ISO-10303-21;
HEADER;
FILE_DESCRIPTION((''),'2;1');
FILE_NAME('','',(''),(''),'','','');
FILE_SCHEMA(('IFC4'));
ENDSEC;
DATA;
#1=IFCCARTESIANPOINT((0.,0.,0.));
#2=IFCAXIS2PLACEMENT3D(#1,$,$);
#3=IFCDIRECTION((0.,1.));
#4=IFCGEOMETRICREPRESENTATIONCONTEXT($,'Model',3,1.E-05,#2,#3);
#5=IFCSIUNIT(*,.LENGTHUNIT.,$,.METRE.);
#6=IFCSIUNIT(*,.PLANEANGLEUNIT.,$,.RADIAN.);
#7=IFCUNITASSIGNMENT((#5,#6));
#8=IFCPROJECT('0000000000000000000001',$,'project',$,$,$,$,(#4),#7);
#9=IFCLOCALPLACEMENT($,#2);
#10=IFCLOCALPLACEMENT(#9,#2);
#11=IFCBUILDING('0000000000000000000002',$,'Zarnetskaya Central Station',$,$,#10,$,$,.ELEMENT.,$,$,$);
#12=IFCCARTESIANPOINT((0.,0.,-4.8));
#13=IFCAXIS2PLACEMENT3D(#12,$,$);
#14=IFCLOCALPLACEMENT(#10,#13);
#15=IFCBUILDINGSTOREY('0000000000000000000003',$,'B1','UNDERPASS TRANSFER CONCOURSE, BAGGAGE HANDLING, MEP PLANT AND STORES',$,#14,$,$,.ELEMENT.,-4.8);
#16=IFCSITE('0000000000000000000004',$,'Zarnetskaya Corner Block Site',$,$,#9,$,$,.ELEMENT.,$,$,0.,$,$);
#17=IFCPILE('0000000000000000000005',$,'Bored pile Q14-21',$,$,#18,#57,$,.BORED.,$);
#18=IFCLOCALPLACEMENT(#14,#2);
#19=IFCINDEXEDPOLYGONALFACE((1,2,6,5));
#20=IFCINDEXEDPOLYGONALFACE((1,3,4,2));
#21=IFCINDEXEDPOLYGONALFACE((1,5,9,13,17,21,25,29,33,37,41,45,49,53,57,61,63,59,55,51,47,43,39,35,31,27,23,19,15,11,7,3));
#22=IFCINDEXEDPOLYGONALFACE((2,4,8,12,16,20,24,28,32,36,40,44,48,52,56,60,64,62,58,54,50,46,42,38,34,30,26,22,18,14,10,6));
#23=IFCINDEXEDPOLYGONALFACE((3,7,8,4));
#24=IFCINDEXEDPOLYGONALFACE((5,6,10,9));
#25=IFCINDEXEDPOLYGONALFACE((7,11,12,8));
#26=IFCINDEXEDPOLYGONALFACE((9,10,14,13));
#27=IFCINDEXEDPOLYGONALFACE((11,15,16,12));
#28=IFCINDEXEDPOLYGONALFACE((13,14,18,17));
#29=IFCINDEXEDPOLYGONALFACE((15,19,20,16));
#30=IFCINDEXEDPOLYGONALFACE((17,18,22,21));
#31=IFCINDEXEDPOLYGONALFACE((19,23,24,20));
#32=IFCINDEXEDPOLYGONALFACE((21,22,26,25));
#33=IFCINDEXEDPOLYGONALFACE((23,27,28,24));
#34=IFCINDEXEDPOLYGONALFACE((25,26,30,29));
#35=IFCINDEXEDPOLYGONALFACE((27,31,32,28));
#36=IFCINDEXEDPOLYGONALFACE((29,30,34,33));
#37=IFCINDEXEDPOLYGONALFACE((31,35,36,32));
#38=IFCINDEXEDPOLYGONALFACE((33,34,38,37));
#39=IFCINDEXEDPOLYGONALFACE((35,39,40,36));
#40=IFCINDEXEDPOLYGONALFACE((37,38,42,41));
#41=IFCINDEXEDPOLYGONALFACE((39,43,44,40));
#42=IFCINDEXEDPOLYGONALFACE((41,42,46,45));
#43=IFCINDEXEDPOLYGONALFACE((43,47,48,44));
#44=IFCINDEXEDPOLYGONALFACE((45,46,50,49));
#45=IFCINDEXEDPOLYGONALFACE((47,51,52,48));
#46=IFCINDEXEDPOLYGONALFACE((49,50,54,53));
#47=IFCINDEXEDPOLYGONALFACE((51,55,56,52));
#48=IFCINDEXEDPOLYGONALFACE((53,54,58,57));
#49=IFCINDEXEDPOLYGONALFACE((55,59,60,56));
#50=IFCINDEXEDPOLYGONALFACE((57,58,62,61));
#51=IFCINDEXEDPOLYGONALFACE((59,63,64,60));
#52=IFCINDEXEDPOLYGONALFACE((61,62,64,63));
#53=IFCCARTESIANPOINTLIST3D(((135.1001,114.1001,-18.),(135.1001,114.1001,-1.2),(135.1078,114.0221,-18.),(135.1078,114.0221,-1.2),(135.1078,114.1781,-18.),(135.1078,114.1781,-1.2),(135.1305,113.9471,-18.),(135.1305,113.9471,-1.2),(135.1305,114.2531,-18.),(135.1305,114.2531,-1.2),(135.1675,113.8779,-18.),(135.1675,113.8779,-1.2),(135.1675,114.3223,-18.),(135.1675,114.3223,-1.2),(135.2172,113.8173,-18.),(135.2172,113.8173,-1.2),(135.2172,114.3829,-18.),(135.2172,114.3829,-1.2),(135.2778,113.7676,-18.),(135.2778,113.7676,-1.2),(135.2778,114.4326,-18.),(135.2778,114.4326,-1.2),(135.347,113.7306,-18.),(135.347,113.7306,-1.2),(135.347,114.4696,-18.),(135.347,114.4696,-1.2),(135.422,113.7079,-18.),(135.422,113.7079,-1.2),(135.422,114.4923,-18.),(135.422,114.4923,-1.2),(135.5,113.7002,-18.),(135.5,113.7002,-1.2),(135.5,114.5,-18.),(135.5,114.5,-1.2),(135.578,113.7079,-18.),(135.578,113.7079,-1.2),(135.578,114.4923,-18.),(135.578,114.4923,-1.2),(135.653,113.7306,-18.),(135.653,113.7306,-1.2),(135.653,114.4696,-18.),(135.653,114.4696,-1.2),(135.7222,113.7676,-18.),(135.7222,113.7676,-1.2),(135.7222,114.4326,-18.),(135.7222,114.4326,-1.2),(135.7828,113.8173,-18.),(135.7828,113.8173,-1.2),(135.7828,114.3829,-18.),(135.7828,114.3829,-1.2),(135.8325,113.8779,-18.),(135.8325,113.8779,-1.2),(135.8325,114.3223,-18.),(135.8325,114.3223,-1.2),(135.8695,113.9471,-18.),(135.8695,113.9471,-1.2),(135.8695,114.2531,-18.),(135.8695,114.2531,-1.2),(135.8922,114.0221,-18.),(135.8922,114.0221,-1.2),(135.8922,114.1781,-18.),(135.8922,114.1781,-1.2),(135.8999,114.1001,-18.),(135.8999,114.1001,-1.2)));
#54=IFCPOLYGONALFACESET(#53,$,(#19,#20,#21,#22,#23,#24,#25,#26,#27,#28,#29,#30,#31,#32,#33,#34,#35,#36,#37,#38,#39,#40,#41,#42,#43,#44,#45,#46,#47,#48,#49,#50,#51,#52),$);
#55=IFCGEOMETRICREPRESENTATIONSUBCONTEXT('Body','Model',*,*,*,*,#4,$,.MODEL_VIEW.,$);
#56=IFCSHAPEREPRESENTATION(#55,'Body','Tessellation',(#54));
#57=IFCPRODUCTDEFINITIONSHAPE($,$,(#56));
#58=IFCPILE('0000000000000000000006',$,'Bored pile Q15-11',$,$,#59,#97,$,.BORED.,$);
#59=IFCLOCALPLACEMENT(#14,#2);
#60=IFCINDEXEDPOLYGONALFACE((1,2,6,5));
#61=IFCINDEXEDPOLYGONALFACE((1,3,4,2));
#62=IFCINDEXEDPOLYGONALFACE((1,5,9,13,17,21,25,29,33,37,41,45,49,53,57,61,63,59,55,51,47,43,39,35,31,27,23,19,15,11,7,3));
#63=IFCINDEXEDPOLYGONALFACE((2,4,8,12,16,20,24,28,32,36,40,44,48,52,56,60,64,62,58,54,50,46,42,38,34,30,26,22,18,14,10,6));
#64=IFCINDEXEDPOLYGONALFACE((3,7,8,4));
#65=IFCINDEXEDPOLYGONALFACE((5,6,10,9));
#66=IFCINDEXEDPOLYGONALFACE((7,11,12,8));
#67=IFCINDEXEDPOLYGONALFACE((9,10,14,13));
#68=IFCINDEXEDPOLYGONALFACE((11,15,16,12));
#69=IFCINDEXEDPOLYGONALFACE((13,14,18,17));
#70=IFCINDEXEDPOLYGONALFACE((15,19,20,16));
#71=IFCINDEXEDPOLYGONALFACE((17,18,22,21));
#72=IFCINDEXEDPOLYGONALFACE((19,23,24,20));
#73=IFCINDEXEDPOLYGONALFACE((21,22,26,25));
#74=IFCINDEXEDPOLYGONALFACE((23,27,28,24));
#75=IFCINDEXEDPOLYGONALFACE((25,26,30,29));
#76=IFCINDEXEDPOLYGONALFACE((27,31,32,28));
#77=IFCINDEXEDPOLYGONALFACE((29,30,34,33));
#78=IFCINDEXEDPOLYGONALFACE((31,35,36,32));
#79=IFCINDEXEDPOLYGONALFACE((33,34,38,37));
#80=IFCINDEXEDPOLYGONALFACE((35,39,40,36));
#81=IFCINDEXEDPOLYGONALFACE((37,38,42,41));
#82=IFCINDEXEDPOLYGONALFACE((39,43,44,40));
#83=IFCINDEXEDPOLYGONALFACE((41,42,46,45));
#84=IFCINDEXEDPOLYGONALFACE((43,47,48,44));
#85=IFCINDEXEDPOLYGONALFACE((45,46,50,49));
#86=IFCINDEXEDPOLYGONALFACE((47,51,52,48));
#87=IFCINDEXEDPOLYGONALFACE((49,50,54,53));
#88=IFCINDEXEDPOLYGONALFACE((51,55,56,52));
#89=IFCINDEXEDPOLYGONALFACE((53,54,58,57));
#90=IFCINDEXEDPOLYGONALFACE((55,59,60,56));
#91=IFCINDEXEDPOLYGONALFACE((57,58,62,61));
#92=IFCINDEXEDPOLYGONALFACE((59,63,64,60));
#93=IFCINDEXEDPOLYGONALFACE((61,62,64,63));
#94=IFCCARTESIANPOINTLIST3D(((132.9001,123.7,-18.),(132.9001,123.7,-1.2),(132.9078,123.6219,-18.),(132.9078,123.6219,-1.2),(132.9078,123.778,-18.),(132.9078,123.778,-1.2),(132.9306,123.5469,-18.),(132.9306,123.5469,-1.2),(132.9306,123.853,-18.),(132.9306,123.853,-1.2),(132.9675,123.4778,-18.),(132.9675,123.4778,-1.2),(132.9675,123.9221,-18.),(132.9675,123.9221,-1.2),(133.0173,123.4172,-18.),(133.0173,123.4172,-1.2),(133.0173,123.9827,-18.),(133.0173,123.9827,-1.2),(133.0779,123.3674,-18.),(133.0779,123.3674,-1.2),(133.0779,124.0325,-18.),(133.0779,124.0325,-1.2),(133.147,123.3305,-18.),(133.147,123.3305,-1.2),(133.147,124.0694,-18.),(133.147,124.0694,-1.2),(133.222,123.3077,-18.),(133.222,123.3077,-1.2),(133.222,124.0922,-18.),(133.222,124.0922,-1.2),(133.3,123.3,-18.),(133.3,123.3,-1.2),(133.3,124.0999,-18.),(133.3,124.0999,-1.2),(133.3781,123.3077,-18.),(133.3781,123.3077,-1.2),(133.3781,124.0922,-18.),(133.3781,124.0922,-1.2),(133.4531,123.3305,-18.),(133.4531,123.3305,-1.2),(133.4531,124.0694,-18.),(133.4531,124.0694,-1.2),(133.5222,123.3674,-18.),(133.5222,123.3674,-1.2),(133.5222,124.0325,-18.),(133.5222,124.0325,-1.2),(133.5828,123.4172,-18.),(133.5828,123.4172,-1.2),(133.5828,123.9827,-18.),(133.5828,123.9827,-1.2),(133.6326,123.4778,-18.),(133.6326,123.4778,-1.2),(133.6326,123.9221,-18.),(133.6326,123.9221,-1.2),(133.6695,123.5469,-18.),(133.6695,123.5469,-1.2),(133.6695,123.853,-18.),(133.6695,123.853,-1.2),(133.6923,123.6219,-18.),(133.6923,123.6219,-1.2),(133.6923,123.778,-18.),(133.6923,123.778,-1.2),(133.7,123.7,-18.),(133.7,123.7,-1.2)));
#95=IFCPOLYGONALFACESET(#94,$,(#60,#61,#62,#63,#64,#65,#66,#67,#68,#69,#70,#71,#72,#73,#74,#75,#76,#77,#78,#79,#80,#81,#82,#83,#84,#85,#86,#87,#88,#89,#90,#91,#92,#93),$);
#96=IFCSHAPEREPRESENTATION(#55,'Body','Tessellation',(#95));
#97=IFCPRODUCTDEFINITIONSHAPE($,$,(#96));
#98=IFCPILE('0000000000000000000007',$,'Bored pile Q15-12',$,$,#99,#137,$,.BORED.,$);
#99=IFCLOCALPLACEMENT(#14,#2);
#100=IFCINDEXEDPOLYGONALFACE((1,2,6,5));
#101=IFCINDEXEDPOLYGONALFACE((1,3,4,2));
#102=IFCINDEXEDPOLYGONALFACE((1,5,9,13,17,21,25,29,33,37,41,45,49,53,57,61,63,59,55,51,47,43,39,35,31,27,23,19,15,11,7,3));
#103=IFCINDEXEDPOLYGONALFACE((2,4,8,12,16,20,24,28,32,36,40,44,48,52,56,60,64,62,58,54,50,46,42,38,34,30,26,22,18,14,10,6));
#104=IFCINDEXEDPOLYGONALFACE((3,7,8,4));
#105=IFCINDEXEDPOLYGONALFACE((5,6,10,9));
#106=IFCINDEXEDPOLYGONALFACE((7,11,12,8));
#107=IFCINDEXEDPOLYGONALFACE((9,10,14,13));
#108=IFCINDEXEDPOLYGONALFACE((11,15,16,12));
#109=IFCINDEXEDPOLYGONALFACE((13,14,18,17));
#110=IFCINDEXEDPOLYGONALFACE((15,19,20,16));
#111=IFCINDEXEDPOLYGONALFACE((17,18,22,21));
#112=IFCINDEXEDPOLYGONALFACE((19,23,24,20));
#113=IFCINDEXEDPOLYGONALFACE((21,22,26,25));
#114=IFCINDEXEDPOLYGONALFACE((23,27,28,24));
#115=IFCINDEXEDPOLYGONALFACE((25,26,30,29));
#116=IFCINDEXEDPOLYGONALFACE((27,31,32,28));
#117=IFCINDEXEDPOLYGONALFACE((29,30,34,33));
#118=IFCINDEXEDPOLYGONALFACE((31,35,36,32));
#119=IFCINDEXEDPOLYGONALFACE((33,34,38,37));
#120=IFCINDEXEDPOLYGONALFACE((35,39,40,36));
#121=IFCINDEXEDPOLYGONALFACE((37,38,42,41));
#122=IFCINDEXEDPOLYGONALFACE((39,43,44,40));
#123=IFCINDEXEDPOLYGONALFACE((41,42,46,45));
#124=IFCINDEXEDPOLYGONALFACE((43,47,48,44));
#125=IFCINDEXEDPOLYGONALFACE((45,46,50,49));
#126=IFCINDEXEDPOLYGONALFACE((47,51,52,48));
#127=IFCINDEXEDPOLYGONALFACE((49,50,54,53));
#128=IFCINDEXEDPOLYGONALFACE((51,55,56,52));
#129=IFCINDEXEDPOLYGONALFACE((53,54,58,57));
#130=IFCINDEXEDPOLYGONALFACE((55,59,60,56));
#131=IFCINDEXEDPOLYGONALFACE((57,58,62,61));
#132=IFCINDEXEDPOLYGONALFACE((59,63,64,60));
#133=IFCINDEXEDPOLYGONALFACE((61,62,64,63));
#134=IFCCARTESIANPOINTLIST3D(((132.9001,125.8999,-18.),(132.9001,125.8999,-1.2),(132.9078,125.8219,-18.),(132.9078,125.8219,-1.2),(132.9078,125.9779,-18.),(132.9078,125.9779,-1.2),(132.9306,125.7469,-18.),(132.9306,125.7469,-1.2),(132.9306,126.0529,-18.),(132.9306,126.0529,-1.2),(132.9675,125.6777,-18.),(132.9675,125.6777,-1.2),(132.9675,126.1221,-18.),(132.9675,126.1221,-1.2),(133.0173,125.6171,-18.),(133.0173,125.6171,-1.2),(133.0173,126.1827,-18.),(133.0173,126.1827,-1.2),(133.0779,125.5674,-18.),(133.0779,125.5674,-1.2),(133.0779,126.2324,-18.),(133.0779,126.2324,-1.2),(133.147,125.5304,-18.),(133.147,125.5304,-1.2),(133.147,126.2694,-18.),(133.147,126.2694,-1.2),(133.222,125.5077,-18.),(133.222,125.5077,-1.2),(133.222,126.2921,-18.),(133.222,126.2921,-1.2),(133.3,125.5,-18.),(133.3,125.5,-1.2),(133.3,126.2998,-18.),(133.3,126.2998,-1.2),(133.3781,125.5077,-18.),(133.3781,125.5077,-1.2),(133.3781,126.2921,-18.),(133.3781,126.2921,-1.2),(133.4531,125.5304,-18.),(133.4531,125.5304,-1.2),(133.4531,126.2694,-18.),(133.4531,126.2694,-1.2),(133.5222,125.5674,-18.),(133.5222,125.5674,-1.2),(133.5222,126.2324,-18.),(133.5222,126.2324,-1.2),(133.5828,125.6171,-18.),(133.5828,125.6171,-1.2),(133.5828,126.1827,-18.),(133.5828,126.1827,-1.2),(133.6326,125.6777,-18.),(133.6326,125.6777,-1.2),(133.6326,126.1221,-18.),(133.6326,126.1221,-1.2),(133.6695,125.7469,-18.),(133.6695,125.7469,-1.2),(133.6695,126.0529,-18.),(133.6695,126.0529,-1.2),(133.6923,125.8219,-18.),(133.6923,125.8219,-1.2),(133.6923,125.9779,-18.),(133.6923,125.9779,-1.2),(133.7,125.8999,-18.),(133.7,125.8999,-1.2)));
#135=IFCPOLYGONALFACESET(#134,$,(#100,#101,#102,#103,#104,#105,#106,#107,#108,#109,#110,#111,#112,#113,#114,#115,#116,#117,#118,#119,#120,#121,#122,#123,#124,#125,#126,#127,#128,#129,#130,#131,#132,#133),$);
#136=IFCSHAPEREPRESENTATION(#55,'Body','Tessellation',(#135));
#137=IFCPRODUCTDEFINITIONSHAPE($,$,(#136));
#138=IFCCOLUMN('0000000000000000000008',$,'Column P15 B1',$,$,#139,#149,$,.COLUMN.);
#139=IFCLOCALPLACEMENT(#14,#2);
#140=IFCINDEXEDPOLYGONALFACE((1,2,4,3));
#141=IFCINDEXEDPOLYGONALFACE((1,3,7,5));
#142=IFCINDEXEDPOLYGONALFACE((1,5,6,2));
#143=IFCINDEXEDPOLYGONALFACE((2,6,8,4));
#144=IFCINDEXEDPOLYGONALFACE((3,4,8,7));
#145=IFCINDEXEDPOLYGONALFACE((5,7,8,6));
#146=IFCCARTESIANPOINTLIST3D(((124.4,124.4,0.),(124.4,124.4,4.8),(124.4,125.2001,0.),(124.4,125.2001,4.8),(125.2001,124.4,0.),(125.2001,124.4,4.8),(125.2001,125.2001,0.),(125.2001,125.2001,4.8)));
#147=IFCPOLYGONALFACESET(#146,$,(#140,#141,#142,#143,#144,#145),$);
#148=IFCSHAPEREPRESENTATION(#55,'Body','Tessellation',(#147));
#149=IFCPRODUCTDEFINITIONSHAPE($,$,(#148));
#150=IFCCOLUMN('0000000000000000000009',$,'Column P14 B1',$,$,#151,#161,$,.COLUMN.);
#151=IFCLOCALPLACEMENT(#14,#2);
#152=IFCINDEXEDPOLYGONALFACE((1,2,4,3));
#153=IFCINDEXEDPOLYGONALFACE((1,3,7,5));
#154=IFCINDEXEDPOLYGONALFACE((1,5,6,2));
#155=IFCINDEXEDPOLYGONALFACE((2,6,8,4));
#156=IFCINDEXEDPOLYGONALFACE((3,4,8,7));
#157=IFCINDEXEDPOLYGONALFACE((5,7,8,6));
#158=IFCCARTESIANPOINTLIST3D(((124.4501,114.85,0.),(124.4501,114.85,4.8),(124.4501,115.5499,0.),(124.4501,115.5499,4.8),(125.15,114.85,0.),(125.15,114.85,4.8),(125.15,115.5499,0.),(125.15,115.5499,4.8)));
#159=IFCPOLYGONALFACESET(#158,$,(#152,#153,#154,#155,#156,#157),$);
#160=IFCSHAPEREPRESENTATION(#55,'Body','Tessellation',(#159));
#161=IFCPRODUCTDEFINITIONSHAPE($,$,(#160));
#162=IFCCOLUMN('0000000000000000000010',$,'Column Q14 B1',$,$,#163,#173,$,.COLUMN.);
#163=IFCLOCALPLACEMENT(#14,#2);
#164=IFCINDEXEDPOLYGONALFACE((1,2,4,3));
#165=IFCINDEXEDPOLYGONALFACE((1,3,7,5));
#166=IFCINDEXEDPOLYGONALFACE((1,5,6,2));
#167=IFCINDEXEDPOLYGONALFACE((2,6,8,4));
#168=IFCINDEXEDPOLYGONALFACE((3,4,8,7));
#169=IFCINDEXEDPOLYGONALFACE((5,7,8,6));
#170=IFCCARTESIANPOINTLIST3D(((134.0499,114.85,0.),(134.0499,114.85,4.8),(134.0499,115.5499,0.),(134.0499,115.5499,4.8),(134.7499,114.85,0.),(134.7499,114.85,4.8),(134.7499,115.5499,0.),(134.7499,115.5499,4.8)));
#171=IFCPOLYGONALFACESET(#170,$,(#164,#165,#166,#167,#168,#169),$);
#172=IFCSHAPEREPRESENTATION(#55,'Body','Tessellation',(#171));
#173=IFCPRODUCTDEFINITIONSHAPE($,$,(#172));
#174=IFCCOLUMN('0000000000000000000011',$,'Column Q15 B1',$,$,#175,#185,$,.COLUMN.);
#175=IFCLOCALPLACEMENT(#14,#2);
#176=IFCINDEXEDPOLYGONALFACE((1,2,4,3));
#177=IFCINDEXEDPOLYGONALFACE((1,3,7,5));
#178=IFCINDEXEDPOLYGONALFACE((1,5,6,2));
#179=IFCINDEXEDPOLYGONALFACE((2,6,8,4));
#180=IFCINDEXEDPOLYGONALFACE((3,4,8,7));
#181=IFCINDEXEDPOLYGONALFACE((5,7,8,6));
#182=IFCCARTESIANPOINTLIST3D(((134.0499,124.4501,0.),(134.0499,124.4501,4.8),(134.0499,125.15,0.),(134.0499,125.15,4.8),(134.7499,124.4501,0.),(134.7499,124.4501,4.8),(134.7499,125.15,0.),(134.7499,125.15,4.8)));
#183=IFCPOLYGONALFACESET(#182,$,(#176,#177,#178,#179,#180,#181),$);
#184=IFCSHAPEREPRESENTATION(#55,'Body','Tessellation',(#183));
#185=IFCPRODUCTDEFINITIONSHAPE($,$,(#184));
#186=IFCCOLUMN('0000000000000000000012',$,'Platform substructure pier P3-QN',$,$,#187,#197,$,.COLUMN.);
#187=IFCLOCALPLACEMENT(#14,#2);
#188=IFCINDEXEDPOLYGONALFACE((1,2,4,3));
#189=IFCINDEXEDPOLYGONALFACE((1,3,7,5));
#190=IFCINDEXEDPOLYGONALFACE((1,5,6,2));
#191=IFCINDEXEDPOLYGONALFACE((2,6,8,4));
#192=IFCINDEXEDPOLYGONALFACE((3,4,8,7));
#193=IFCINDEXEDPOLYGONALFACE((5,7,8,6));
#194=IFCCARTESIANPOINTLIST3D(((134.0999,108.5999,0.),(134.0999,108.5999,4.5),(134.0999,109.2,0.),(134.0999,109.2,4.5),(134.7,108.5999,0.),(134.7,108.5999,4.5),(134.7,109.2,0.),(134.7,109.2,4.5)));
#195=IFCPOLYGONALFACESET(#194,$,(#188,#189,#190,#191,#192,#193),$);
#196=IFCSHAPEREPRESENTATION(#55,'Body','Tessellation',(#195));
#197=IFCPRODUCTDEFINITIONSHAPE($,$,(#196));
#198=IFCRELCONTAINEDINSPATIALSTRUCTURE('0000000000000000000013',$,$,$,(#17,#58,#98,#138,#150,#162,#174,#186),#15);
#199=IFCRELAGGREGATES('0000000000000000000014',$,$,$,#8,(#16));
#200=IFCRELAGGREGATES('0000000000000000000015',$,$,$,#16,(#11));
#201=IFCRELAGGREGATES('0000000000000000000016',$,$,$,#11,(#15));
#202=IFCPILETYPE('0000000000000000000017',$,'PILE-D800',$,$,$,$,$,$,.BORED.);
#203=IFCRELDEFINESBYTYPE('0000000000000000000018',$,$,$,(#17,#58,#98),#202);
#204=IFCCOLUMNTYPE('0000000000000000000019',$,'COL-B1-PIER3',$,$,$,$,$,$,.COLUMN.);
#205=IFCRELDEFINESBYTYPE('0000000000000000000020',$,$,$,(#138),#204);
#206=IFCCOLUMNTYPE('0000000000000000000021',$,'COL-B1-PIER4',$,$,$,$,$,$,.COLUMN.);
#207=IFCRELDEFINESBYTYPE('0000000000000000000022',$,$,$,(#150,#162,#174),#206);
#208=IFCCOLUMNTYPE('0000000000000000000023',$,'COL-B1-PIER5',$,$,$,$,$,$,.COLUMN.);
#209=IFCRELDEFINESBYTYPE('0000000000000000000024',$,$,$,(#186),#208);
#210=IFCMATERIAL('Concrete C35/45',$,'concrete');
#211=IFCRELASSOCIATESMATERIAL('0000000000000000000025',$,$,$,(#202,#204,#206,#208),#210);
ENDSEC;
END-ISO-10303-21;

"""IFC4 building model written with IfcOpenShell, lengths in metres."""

from ifc_helpers import new_model, si_unit, direction, frame, origin, origin_2d, place, context, subcontext, project, spatial, rectangle, circle, extrude, material, material_profile, profile_set, type_object, element, save


model = new_model("IFC4")

# Units and contexts
model_context = context("Model", 3, precision=1e-05, world=origin(), true_north=direction((0.0, 1.0)))
body_context = subcontext(model_context, "Body", "Model", "MODEL_VIEW")
ifc_project = project(units=[si_unit("LENGTHUNIT", "METRE"), si_unit("PLANEANGLEUNIT", "RADIAN")], contexts=[model_context])

# Site, building, storey
site_placement = place(None, origin())
site = spatial("IfcSite", under=ifc_project, at=site_placement, Name="Zarnetskaya Corner Block Site", CompositionType="ELEMENT", RefElevation=0.0)
building_placement = place(site_placement, origin())
building = spatial("IfcBuilding", under=site, at=building_placement, Name="Zarnetskaya Central Station", CompositionType="ELEMENT")
storey_placement = place(building_placement, frame((0.0, 0.0, -4.8)))
storey = spatial("IfcBuildingStorey", under=building, at=storey_placement, Name="B1", Description="UNDERPASS TRANSFER CONCOURSE, BAGGAGE HANDLING, MEP PLANT AND STORES", CompositionType="ELEMENT", Elevation=-4.8)

# Shared definitions
ifc_material = material(Name="Concrete C35/45", Category="concrete")

# Piles
ifc_material_profile_1 = material_profile(ifc_material, circle(Radius=0.3999, at=origin_2d()), Name="BORED PILE D800")
ifc_profile_set_1 = profile_set([ifc_material_profile_1], Name="Concrete C35/45")
pile_type_1 = type_object("IfcPileType", Name="PILE-D800", PredefinedType="BORED", material=ifc_profile_set_1)
for number, where, z_axis, x_axis, name in (
    (1, (135.5, 114.1001, -1.2), (0.0, 0.0, -1.0), (1.0, 0.0, 0.0), "Bored pile Q14-21"),
    (2, (133.3, 123.7, -1.2), (0.0, 0.0, -1.0), (1.0, 0.0, 0.0), "Bored pile Q15-11"),
    (3, (133.3, 125.8999, -1.2), (0.0, 0.0, -1.0), (1.0, 0.0, 0.0), "Bored pile Q15-12"),
):
    element("IfcPile", number, at=place(storey_placement, frame(where, z_axis=z_axis, x_axis=x_axis)), inside=storey, type_object=pile_type_1, Name=name, PredefinedType="BORED", context=body_context, shape_type="SweptSolid", body=[
        extrude(circle(Radius=0.3999, at=origin_2d()), origin(), (0.0, 0.0, 1.0), 16.8),
    ])

# Columns
ifc_material_profile_2 = material_profile(ifc_material, rectangle(XDim=0.8, YDim=0.8, at=origin_2d()), Name="RC 800x800")
ifc_profile_set_2 = profile_set([ifc_material_profile_2], Name="Concrete C35/45")
column_type_1 = type_object("IfcColumnType", Name="COL-B1-PIER3", PredefinedType="COLUMN", material=ifc_profile_set_2)
column_1_placement = place(storey_placement, frame((124.8, 124.8, 0.0), z_axis=(0.0, 0.0, 1.0), x_axis=(1.0, 0.0, 0.0)))
element("IfcColumn", 4, at=column_1_placement, inside=storey, type_object=column_type_1, Name="Column P15 B1", PredefinedType="COLUMN", context=body_context, shape_type="SweptSolid", body=[
    extrude(rectangle(XDim=0.8, YDim=0.8, at=origin_2d()), origin(), (0.0, 0.0, 1.0), 4.8),
])
ifc_material_profile_3 = material_profile(ifc_material, rectangle(XDim=0.7, YDim=0.7, at=origin_2d()), Name="RC 700x700")
ifc_profile_set_3 = profile_set([ifc_material_profile_3], Name="Concrete C35/45")
column_type_2 = type_object("IfcColumnType", Name="COL-B1-PIER4", PredefinedType="COLUMN", material=ifc_profile_set_3)
for number, where, z_axis, x_axis, name in (
    (5, (124.8, 115.2, 0.0), (0.0, 0.0, 1.0), (1.0, 0.0, 0.0), "Column P14 B1"),
    (6, (134.3999, 115.2, 0.0), (0.0, 0.0, 1.0), (1.0, 0.0, 0.0), "Column Q14 B1"),
    (7, (134.3999, 124.8, 0.0), (0.0, 0.0, 1.0), (1.0, 0.0, 0.0), "Column Q15 B1"),
):
    element("IfcColumn", number, at=place(storey_placement, frame(where, z_axis=z_axis, x_axis=x_axis)), inside=storey, type_object=column_type_2, Name=name, PredefinedType="COLUMN", context=body_context, shape_type="SweptSolid", body=[
        extrude(rectangle(XDim=0.7, YDim=0.7, at=origin_2d()), origin(), (0.0, 0.0, 1.0), 4.8),
    ])
ifc_material_profile_4 = material_profile(ifc_material, rectangle(XDim=0.6001, YDim=0.6001, at=origin_2d()), Name="RC 600x600")
ifc_profile_set_4 = profile_set([ifc_material_profile_4], Name="Concrete C35/45")
column_type_3 = type_object("IfcColumnType", Name="COL-B1-PIER5", PredefinedType="COLUMN", material=ifc_profile_set_4)
column_2_placement = place(storey_placement, frame((134.3999, 108.8999, 0.0), z_axis=(0.0, 0.0, 1.0), x_axis=(1.0, 0.0, 0.0)))
element("IfcColumn", 8, at=column_2_placement, inside=storey, type_object=column_type_3, Name="Platform substructure pier P3-QN", PredefinedType="COLUMN", context=body_context, shape_type="SweptSolid", body=[
    extrude(rectangle(XDim=0.6001, YDim=0.6001, at=origin_2d()), origin(), (0.0, 0.0, 1.0), 4.5),
])

save(model, "model.ifc")
